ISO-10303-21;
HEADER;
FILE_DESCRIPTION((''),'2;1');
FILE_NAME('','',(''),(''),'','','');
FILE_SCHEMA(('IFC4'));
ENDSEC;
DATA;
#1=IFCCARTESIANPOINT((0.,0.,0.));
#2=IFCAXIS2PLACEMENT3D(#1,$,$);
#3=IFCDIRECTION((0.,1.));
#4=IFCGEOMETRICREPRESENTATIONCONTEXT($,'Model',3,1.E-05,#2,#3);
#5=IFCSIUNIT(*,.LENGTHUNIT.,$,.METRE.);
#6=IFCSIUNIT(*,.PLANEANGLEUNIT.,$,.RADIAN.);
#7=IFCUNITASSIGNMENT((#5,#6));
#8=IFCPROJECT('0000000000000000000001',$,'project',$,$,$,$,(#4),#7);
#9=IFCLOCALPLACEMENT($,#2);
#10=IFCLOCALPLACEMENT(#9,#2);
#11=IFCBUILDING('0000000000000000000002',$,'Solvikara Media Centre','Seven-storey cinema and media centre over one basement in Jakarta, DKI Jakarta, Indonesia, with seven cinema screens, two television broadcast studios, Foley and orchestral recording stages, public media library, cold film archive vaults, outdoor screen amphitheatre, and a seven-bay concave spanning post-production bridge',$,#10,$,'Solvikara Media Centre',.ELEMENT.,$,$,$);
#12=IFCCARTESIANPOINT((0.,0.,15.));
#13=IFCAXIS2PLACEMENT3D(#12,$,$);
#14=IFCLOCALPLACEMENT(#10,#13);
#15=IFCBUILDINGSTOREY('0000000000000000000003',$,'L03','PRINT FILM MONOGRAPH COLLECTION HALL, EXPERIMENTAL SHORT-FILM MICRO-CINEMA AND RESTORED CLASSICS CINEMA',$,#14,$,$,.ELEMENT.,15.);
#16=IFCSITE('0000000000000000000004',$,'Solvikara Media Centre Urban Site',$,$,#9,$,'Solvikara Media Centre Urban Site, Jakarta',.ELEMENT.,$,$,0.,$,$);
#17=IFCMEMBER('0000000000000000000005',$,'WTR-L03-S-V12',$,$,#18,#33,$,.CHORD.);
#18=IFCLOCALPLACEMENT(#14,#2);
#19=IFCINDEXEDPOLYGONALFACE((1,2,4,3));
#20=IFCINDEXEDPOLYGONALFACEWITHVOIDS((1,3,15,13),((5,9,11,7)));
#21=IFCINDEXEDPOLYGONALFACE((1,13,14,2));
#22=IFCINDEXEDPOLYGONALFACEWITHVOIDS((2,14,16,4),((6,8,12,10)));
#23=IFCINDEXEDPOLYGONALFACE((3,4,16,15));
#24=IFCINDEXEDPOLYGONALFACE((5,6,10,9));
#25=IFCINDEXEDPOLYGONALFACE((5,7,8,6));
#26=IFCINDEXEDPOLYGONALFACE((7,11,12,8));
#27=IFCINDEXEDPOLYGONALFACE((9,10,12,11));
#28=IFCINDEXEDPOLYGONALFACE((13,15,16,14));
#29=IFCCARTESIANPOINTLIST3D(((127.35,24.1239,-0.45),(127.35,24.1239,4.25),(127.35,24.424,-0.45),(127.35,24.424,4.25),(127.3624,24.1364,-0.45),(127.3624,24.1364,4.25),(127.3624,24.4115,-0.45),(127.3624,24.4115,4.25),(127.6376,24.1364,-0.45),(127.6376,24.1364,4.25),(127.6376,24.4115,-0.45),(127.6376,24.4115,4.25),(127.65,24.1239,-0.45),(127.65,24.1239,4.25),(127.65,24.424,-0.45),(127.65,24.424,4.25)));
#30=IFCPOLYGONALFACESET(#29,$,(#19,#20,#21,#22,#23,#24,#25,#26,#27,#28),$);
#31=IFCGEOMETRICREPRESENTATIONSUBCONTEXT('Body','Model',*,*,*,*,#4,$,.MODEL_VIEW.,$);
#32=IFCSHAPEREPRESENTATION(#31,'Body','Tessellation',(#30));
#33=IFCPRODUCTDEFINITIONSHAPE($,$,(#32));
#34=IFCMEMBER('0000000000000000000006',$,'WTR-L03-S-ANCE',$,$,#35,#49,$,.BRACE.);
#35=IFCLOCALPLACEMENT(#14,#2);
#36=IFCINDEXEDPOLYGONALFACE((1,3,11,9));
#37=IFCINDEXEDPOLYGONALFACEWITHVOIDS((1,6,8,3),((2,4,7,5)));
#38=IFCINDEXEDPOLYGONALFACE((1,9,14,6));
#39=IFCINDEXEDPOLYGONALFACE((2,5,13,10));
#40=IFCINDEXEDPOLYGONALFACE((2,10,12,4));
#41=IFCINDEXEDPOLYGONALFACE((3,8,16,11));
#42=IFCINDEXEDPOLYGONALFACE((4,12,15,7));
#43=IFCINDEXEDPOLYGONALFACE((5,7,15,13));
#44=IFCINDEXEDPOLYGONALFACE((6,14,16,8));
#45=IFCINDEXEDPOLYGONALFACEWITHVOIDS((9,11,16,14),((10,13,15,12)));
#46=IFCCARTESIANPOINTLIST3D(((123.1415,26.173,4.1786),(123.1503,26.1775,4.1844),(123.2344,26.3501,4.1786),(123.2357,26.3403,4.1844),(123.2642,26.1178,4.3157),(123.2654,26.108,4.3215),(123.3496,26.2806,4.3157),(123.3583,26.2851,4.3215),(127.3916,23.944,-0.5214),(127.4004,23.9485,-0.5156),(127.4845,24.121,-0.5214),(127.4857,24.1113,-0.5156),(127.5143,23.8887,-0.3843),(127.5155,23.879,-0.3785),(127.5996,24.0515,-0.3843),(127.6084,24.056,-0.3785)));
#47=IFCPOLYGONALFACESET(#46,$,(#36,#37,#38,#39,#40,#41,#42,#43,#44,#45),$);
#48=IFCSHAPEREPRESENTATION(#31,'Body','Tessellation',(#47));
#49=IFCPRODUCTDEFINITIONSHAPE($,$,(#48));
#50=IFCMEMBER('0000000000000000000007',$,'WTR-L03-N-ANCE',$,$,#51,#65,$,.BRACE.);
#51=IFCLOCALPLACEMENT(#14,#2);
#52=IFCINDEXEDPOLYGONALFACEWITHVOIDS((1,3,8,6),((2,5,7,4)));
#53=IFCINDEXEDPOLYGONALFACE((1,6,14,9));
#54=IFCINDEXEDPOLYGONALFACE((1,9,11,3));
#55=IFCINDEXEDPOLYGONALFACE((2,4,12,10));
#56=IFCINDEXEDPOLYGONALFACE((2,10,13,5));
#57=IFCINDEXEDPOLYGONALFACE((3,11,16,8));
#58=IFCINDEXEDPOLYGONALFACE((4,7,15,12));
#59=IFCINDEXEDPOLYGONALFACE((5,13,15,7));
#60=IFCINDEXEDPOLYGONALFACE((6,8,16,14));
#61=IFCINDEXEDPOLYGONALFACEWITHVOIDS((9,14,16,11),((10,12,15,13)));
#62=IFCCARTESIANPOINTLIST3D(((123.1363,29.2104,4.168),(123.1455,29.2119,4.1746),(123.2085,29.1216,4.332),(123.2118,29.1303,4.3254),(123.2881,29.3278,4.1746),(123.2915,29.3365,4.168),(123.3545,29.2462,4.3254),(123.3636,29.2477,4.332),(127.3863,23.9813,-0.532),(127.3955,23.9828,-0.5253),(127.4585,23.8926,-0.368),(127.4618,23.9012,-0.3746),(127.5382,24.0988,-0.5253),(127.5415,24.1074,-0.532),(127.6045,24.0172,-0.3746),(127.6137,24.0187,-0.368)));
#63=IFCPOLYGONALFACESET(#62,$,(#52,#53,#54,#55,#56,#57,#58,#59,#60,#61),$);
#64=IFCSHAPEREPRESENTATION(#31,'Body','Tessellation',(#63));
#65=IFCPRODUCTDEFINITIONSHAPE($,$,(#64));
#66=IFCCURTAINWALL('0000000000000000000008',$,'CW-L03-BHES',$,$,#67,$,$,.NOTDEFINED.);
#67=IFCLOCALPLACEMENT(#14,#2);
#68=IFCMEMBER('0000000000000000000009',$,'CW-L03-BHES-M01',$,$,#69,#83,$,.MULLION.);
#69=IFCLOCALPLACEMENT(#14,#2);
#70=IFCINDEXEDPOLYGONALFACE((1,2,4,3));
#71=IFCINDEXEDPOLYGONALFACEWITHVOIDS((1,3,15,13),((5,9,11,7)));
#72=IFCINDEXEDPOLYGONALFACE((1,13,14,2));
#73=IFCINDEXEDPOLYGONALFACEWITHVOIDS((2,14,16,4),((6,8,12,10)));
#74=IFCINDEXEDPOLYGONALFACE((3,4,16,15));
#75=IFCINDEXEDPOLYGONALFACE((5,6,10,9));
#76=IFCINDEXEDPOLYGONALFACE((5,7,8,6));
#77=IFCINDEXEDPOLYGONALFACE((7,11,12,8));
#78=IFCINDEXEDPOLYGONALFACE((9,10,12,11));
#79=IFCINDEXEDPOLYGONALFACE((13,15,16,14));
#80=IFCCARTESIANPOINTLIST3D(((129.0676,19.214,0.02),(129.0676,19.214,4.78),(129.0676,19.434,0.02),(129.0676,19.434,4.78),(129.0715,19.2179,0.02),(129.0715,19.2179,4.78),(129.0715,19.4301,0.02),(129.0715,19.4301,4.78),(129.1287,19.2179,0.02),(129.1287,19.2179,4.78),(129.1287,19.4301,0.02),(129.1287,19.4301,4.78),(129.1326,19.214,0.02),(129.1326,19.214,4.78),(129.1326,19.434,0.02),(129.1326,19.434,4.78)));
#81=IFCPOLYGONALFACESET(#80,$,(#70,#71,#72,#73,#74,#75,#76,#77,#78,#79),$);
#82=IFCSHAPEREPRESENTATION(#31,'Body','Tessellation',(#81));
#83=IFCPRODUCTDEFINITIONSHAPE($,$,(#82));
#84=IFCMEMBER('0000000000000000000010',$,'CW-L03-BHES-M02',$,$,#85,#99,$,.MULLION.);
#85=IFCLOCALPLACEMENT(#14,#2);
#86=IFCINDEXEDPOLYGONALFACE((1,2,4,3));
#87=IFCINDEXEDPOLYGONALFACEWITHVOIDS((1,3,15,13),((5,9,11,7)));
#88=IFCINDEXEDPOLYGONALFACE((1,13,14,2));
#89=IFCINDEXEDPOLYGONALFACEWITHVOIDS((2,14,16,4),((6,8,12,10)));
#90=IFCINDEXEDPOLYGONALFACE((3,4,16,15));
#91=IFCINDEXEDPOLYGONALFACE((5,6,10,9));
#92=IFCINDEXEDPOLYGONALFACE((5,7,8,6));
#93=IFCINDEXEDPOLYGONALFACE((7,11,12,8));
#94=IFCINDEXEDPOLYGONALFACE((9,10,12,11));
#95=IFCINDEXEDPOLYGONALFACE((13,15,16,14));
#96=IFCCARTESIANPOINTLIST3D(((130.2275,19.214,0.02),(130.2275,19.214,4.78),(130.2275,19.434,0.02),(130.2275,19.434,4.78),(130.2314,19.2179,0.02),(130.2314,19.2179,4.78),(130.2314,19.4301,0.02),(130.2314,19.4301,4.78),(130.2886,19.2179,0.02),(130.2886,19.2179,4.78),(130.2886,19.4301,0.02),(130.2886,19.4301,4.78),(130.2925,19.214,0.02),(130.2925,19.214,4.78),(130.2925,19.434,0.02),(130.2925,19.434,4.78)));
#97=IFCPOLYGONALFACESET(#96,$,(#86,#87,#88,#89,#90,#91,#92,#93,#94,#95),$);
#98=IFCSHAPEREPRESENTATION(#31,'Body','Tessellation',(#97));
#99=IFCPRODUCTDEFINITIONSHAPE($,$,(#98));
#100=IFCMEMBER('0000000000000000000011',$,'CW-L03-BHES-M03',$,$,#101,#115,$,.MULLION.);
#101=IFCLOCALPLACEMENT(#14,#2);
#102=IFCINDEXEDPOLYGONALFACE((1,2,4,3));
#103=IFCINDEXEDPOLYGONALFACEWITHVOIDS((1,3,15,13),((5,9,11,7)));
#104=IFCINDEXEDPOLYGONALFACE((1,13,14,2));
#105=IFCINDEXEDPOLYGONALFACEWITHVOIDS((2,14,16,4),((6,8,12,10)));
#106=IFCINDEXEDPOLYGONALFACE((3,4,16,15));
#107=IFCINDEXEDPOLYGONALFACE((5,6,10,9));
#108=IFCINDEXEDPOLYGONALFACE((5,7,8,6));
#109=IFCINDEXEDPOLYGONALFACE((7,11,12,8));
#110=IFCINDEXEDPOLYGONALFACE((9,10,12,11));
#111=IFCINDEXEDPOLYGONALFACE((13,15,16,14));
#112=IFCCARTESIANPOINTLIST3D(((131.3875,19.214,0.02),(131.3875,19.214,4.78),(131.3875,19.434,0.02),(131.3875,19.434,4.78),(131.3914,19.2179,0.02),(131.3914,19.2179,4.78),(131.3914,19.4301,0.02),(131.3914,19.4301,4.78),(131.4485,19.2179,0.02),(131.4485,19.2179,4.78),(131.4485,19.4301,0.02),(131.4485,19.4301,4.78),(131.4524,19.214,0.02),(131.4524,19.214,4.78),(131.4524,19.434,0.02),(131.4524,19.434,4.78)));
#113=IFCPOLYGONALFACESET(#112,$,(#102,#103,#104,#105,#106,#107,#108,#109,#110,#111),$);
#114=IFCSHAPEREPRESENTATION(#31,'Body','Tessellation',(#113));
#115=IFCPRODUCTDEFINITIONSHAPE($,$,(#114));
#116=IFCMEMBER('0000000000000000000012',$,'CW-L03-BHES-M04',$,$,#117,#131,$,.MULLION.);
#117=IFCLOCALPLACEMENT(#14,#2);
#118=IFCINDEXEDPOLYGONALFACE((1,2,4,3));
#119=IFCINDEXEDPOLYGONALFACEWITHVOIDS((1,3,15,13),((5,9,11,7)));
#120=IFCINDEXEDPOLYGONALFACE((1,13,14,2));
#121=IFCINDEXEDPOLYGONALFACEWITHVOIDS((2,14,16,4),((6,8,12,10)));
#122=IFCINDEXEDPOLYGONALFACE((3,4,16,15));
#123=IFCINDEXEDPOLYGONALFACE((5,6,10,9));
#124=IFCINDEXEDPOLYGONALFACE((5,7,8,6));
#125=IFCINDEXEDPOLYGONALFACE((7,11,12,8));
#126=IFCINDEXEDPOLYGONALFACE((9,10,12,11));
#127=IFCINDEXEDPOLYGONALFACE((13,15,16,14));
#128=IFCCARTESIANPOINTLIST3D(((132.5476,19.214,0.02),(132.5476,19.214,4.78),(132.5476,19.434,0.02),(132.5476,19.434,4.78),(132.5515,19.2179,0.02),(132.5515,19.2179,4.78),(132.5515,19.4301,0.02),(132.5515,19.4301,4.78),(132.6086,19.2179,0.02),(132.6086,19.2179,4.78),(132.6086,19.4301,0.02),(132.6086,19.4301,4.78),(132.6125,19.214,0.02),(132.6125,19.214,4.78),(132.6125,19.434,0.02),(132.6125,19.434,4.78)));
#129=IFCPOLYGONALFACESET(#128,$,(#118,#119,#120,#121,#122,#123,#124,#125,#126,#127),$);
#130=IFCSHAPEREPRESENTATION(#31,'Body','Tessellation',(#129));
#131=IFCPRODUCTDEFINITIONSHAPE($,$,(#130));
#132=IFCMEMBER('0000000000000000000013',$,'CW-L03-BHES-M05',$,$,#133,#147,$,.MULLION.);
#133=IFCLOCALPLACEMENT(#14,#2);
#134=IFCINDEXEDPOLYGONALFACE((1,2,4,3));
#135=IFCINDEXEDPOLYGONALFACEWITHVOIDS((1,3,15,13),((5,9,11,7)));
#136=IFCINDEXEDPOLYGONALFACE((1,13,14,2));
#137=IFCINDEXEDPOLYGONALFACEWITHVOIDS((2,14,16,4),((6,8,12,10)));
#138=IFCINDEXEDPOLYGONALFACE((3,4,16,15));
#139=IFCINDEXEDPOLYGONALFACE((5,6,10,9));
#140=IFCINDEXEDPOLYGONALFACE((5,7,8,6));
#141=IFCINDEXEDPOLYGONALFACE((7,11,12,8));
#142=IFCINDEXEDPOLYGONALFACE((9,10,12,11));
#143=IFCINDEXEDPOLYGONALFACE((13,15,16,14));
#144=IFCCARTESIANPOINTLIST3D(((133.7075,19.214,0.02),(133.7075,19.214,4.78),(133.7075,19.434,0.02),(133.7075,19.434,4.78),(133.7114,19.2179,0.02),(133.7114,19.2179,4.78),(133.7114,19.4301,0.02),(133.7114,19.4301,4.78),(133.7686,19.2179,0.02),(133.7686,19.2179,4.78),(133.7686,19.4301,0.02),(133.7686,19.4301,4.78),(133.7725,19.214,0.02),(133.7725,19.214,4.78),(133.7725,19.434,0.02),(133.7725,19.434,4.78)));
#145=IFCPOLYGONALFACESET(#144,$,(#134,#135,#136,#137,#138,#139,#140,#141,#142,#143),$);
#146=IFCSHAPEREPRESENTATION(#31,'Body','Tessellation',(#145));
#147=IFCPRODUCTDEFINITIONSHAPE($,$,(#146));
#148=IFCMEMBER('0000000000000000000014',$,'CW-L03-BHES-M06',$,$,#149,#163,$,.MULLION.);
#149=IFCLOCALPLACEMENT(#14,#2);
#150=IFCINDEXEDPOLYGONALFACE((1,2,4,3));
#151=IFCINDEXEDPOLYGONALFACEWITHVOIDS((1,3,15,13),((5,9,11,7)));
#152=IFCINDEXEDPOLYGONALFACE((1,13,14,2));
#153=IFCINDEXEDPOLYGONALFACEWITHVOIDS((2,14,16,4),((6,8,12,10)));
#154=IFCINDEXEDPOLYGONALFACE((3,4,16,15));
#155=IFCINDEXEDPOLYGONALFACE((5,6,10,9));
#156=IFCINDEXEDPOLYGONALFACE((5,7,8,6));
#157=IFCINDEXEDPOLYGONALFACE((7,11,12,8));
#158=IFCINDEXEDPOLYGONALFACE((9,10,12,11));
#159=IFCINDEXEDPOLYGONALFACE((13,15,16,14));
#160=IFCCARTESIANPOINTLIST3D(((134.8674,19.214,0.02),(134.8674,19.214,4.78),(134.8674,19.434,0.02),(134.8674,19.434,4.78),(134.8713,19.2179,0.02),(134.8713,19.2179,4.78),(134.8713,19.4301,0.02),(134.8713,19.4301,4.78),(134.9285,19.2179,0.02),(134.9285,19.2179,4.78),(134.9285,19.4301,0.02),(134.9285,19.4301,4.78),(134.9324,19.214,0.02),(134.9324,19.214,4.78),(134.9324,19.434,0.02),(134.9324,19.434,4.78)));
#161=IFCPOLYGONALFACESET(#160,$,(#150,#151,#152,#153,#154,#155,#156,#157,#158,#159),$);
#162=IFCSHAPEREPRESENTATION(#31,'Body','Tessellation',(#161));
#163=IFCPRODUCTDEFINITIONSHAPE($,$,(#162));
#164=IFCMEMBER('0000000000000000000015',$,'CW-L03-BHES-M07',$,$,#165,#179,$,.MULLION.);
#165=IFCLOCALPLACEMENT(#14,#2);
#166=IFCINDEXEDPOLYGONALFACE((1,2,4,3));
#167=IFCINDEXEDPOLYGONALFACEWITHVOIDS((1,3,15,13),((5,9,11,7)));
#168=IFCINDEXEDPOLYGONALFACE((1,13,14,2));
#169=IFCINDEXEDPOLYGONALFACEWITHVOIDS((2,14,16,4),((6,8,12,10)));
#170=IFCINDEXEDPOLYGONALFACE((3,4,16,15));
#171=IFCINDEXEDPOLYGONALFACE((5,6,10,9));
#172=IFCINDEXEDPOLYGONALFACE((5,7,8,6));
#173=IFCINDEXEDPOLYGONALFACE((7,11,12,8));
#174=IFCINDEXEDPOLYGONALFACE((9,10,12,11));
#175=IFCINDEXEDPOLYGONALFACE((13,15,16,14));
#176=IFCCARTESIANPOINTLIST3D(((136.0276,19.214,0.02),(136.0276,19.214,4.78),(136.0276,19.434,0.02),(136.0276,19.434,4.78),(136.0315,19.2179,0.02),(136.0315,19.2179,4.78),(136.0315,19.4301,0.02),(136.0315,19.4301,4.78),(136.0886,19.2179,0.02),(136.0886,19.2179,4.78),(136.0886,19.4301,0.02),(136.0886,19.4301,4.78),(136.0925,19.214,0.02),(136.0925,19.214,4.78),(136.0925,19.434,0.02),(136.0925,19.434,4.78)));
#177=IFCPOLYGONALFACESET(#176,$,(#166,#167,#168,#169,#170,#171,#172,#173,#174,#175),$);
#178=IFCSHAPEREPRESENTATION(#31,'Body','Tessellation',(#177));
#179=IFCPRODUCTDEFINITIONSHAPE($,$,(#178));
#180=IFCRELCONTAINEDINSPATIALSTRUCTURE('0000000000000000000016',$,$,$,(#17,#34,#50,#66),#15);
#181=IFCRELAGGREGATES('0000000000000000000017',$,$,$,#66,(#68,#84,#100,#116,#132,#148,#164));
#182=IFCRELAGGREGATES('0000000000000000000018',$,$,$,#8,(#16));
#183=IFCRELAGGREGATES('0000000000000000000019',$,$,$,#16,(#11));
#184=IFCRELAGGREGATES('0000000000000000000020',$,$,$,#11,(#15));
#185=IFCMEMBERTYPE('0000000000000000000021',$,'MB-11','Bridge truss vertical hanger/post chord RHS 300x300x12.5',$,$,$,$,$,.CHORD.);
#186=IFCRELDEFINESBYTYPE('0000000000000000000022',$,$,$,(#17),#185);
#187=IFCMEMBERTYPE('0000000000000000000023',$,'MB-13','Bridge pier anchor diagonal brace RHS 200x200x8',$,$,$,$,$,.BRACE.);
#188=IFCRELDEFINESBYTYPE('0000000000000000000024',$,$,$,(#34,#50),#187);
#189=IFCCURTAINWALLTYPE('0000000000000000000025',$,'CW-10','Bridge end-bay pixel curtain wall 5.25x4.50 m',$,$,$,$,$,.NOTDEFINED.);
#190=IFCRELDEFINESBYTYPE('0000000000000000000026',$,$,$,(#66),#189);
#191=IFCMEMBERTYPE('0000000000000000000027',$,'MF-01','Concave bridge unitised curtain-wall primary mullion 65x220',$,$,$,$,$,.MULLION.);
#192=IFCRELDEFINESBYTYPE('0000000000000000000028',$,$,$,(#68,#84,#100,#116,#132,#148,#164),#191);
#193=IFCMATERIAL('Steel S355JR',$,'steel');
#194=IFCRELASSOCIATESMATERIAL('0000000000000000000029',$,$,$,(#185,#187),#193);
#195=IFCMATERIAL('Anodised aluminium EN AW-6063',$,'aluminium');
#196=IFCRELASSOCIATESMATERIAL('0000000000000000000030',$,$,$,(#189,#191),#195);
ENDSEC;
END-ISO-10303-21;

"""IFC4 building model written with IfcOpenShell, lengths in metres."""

from ifc_helpers import new_model, si_unit, direction, frame, origin, origin_2d, place, context, subcontext, project, spatial, hollow_rectangle, extrude, material, material_profile, profile_set, type_object, element, aggregate, save


model = new_model("IFC4")

# Units and contexts
model_context = context("Model", 3, precision=1e-05, world=origin(), true_north=direction((0.0, 1.0)))
body_context = subcontext(model_context, "Body", "Model", "MODEL_VIEW")
ifc_project = project(units=[si_unit("LENGTHUNIT", "METRE"), si_unit("PLANEANGLEUNIT", "RADIAN")], contexts=[model_context])

# Site, building, storey
site_placement = place(None, origin())
site = spatial("IfcSite", under=ifc_project, at=site_placement, Name="Solvikara Media Centre Urban Site", LongName="Solvikara Media Centre Urban Site, Jakarta", CompositionType="ELEMENT", RefElevation=0.0)
building_placement = place(site_placement, origin())
building = spatial("IfcBuilding", under=site, at=building_placement, Name="Solvikara Media Centre", Description="Seven-storey cinema and media centre over one basement in Jakarta, DKI Jakarta, Indonesia, with seven cinema screens, two television broadcast studios, Foley and orchestral recording stages, public media library, cold film archive vaults, outdoor screen amphitheatre, and a seven-bay concave spanning post-production bridge", LongName="Solvikara Media Centre", CompositionType="ELEMENT")
storey_placement = place(building_placement, frame((0.0, 0.0, 15.0)))
storey = spatial("IfcBuildingStorey", under=building, at=storey_placement, Name="L03", Description="PRINT FILM MONOGRAPH COLLECTION HALL, EXPERIMENTAL SHORT-FILM MICRO-CINEMA AND RESTORED CLASSICS CINEMA", CompositionType="ELEMENT", Elevation=15.0)

# Members
ifc_material_1 = material(Name="Steel S355JR", Category="steel")
ifc_material_profile_1 = material_profile(ifc_material_1, hollow_rectangle(XDim=0.3, YDim=0.3, WallThickness=0.0125, at=origin_2d()), Name="RHS 300x300x12.5")
ifc_profile_set_1 = profile_set([ifc_material_profile_1], Name="Steel S355JR")
member_type_1 = type_object("IfcMemberType", Name="MB-11", Description="Bridge truss vertical hanger/post chord RHS 300x300x12.5", PredefinedType="CHORD", material=ifc_profile_set_1)
member_1_placement = place(storey_placement, frame((127.5, 24.2739, -0.45), z_axis=(0.0, 0.0, 1.0), x_axis=(1.0, 0.0, 0.0)))
element("IfcMember", 1, at=member_1_placement, inside=storey, type_object=member_type_1, Name="WTR-L03-S-V12", PredefinedType="CHORD", context=body_context, shape_type="SweptSolid", body=[
    extrude(hollow_rectangle(XDim=0.3, YDim=0.3, WallThickness=0.0125, at=origin_2d()), origin(), (0.0, 0.0, 1.0), 4.7),
])
ifc_material_profile_2 = material_profile(ifc_material_1, hollow_rectangle(XDim=0.2, YDim=0.2, WallThickness=0.0081, at=origin_2d()), Name="RHS 200x200x8")
ifc_profile_set_2 = profile_set([ifc_material_profile_2], Name="Steel S355JR")
member_type_2 = type_object("IfcMemberType", Name="MB-13", Description="Bridge pier anchor diagonal brace RHS 200x200x8", PredefinedType="BRACE", material=ifc_profile_set_2)
member_2_placement = place(storey_placement, frame((127.5, 24.0, -0.45), z_axis=(-0.632706, 0.331836, 0.699691), x_axis=(-0.464467, -0.88559, 0.0)))
element("IfcMember", 2, at=member_2_placement, inside=storey, type_object=member_type_2, Name="WTR-L03-S-ANCE", PredefinedType="BRACE", context=body_context, shape_type="SweptSolid", body=[
    extrude(hollow_rectangle(XDim=0.2, YDim=0.2, WallThickness=0.0081, at=origin_2d()), origin(), (0.0, 0.0, 1.0), 6.7173),
])
member_3_placement = place(storey_placement, frame((127.5, 24.0, -0.45), z_axis=(-0.517315, 0.63648, 0.572083), x_axis=(-0.77601, -0.630721, 0.0)))
element("IfcMember", 3, at=member_3_placement, inside=storey, type_object=member_type_2, Name="WTR-L03-N-ANCE", PredefinedType="BRACE", context=body_context, shape_type="SweptSolid", body=[
    extrude(hollow_rectangle(XDim=0.2, YDim=0.2, WallThickness=0.0081, at=origin_2d()), origin(), (0.0, 0.0, 1.0), 8.2156),
])

# Curtain wall, members
ifc_material_2 = material(Name="Anodised aluminium EN AW-6063", Category="aluminium")
curtain_wall_type = type_object("IfcCurtainWallType", Name="CW-10", Description="Bridge end-bay pixel curtain wall 5.25x4.50 m", PredefinedType="NOTDEFINED", material=ifc_material_2)
curtain_wall_placement = place(storey_placement, origin())
curtain_wall = element("IfcCurtainWall", 4, at=curtain_wall_placement, inside=storey, type_object=curtain_wall_type, Name="CW-L03-BHES", PredefinedType="NOTDEFINED")
ifc_material_profile_3 = material_profile(ifc_material_2, hollow_rectangle(XDim=0.0649, YDim=0.22, WallThickness=0.0039, at=origin_2d()), Name="ALU-M 65x220x4")
ifc_profile_set_3 = profile_set([ifc_material_profile_3], Name="Anodised aluminium EN AW-6063")
member_type_3 = type_object("IfcMemberType", Name="MF-01", Description="Concave bridge unitised curtain-wall primary mullion 65x220", PredefinedType="MULLION", material=ifc_profile_set_3)
member_4_placement = place(storey_placement, frame((129.1001, 19.324, 0.02), z_axis=(0.0, 0.0, 1.0), x_axis=(1.0, 0.0, 0.0)))
member_4 = element("IfcMember", 5, at=member_4_placement, type_object=member_type_3, Name="CW-L03-BHES-M01", PredefinedType="MULLION", context=body_context, shape_type="SweptSolid", body=[
    extrude(hollow_rectangle(XDim=0.0649, YDim=0.22, WallThickness=0.0039, at=origin_2d()), origin(), (0.0, 0.0, 1.0), 4.76),
])
member_5_placement = place(storey_placement, frame((130.26, 19.324, 0.02), z_axis=(0.0, 0.0, 1.0), x_axis=(1.0, 0.0, 0.0)))
member_5 = element("IfcMember", 6, at=member_5_placement, type_object=member_type_3, Name="CW-L03-BHES-M02", PredefinedType="MULLION", context=body_context, shape_type="SweptSolid", body=[
    extrude(hollow_rectangle(XDim=0.0649, YDim=0.22, WallThickness=0.0039, at=origin_2d()), origin(), (0.0, 0.0, 1.0), 4.76),
])
member_6_placement = place(storey_placement, frame((131.4199, 19.324, 0.02), z_axis=(0.0, 0.0, 1.0), x_axis=(1.0, 0.0, 0.0)))
member_6 = element("IfcMember", 7, at=member_6_placement, type_object=member_type_3, Name="CW-L03-BHES-M03", PredefinedType="MULLION", context=body_context, shape_type="SweptSolid", body=[
    extrude(hollow_rectangle(XDim=0.0649, YDim=0.22, WallThickness=0.0039, at=origin_2d()), origin(), (0.0, 0.0, 1.0), 4.76),
])
member_7_placement = place(storey_placement, frame((132.5801, 19.324, 0.02), z_axis=(0.0, 0.0, 1.0), x_axis=(1.0, 0.0, 0.0)))
member_7 = element("IfcMember", 8, at=member_7_placement, type_object=member_type_3, Name="CW-L03-BHES-M04", PredefinedType="MULLION", context=body_context, shape_type="SweptSolid", body=[
    extrude(hollow_rectangle(XDim=0.0649, YDim=0.22, WallThickness=0.0039, at=origin_2d()), origin(), (0.0, 0.0, 1.0), 4.76),
])
member_8_placement = place(storey_placement, frame((133.74, 19.324, 0.02), z_axis=(0.0, 0.0, 1.0), x_axis=(1.0, 0.0, 0.0)))
member_8 = element("IfcMember", 9, at=member_8_placement, type_object=member_type_3, Name="CW-L03-BHES-M05", PredefinedType="MULLION", context=body_context, shape_type="SweptSolid", body=[
    extrude(hollow_rectangle(XDim=0.0649, YDim=0.22, WallThickness=0.0039, at=origin_2d()), origin(), (0.0, 0.0, 1.0), 4.76),
])
member_9_placement = place(storey_placement, frame((134.8999, 19.324, 0.02), z_axis=(0.0, 0.0, 1.0), x_axis=(1.0, 0.0, 0.0)))
member_9 = element("IfcMember", 10, at=member_9_placement, type_object=member_type_3, Name="CW-L03-BHES-M06", PredefinedType="MULLION", context=body_context, shape_type="SweptSolid", body=[
    extrude(hollow_rectangle(XDim=0.0649, YDim=0.22, WallThickness=0.0039, at=origin_2d()), origin(), (0.0, 0.0, 1.0), 4.76),
])
member_10_placement = place(storey_placement, frame((136.0601, 19.324, 0.02), z_axis=(0.0, 0.0, 1.0), x_axis=(1.0, 0.0, 0.0)))
member_10 = element("IfcMember", 11, at=member_10_placement, type_object=member_type_3, Name="CW-L03-BHES-M07", PredefinedType="MULLION", context=body_context, shape_type="SweptSolid", body=[
    extrude(hollow_rectangle(XDim=0.0649, YDim=0.22, WallThickness=0.0039, at=origin_2d()), origin(), (0.0, 0.0, 1.0), 4.76),
])
aggregate(curtain_wall, [member_4, member_5, member_6, member_7, member_8, member_9, member_10])

save(model, "model.ifc")
